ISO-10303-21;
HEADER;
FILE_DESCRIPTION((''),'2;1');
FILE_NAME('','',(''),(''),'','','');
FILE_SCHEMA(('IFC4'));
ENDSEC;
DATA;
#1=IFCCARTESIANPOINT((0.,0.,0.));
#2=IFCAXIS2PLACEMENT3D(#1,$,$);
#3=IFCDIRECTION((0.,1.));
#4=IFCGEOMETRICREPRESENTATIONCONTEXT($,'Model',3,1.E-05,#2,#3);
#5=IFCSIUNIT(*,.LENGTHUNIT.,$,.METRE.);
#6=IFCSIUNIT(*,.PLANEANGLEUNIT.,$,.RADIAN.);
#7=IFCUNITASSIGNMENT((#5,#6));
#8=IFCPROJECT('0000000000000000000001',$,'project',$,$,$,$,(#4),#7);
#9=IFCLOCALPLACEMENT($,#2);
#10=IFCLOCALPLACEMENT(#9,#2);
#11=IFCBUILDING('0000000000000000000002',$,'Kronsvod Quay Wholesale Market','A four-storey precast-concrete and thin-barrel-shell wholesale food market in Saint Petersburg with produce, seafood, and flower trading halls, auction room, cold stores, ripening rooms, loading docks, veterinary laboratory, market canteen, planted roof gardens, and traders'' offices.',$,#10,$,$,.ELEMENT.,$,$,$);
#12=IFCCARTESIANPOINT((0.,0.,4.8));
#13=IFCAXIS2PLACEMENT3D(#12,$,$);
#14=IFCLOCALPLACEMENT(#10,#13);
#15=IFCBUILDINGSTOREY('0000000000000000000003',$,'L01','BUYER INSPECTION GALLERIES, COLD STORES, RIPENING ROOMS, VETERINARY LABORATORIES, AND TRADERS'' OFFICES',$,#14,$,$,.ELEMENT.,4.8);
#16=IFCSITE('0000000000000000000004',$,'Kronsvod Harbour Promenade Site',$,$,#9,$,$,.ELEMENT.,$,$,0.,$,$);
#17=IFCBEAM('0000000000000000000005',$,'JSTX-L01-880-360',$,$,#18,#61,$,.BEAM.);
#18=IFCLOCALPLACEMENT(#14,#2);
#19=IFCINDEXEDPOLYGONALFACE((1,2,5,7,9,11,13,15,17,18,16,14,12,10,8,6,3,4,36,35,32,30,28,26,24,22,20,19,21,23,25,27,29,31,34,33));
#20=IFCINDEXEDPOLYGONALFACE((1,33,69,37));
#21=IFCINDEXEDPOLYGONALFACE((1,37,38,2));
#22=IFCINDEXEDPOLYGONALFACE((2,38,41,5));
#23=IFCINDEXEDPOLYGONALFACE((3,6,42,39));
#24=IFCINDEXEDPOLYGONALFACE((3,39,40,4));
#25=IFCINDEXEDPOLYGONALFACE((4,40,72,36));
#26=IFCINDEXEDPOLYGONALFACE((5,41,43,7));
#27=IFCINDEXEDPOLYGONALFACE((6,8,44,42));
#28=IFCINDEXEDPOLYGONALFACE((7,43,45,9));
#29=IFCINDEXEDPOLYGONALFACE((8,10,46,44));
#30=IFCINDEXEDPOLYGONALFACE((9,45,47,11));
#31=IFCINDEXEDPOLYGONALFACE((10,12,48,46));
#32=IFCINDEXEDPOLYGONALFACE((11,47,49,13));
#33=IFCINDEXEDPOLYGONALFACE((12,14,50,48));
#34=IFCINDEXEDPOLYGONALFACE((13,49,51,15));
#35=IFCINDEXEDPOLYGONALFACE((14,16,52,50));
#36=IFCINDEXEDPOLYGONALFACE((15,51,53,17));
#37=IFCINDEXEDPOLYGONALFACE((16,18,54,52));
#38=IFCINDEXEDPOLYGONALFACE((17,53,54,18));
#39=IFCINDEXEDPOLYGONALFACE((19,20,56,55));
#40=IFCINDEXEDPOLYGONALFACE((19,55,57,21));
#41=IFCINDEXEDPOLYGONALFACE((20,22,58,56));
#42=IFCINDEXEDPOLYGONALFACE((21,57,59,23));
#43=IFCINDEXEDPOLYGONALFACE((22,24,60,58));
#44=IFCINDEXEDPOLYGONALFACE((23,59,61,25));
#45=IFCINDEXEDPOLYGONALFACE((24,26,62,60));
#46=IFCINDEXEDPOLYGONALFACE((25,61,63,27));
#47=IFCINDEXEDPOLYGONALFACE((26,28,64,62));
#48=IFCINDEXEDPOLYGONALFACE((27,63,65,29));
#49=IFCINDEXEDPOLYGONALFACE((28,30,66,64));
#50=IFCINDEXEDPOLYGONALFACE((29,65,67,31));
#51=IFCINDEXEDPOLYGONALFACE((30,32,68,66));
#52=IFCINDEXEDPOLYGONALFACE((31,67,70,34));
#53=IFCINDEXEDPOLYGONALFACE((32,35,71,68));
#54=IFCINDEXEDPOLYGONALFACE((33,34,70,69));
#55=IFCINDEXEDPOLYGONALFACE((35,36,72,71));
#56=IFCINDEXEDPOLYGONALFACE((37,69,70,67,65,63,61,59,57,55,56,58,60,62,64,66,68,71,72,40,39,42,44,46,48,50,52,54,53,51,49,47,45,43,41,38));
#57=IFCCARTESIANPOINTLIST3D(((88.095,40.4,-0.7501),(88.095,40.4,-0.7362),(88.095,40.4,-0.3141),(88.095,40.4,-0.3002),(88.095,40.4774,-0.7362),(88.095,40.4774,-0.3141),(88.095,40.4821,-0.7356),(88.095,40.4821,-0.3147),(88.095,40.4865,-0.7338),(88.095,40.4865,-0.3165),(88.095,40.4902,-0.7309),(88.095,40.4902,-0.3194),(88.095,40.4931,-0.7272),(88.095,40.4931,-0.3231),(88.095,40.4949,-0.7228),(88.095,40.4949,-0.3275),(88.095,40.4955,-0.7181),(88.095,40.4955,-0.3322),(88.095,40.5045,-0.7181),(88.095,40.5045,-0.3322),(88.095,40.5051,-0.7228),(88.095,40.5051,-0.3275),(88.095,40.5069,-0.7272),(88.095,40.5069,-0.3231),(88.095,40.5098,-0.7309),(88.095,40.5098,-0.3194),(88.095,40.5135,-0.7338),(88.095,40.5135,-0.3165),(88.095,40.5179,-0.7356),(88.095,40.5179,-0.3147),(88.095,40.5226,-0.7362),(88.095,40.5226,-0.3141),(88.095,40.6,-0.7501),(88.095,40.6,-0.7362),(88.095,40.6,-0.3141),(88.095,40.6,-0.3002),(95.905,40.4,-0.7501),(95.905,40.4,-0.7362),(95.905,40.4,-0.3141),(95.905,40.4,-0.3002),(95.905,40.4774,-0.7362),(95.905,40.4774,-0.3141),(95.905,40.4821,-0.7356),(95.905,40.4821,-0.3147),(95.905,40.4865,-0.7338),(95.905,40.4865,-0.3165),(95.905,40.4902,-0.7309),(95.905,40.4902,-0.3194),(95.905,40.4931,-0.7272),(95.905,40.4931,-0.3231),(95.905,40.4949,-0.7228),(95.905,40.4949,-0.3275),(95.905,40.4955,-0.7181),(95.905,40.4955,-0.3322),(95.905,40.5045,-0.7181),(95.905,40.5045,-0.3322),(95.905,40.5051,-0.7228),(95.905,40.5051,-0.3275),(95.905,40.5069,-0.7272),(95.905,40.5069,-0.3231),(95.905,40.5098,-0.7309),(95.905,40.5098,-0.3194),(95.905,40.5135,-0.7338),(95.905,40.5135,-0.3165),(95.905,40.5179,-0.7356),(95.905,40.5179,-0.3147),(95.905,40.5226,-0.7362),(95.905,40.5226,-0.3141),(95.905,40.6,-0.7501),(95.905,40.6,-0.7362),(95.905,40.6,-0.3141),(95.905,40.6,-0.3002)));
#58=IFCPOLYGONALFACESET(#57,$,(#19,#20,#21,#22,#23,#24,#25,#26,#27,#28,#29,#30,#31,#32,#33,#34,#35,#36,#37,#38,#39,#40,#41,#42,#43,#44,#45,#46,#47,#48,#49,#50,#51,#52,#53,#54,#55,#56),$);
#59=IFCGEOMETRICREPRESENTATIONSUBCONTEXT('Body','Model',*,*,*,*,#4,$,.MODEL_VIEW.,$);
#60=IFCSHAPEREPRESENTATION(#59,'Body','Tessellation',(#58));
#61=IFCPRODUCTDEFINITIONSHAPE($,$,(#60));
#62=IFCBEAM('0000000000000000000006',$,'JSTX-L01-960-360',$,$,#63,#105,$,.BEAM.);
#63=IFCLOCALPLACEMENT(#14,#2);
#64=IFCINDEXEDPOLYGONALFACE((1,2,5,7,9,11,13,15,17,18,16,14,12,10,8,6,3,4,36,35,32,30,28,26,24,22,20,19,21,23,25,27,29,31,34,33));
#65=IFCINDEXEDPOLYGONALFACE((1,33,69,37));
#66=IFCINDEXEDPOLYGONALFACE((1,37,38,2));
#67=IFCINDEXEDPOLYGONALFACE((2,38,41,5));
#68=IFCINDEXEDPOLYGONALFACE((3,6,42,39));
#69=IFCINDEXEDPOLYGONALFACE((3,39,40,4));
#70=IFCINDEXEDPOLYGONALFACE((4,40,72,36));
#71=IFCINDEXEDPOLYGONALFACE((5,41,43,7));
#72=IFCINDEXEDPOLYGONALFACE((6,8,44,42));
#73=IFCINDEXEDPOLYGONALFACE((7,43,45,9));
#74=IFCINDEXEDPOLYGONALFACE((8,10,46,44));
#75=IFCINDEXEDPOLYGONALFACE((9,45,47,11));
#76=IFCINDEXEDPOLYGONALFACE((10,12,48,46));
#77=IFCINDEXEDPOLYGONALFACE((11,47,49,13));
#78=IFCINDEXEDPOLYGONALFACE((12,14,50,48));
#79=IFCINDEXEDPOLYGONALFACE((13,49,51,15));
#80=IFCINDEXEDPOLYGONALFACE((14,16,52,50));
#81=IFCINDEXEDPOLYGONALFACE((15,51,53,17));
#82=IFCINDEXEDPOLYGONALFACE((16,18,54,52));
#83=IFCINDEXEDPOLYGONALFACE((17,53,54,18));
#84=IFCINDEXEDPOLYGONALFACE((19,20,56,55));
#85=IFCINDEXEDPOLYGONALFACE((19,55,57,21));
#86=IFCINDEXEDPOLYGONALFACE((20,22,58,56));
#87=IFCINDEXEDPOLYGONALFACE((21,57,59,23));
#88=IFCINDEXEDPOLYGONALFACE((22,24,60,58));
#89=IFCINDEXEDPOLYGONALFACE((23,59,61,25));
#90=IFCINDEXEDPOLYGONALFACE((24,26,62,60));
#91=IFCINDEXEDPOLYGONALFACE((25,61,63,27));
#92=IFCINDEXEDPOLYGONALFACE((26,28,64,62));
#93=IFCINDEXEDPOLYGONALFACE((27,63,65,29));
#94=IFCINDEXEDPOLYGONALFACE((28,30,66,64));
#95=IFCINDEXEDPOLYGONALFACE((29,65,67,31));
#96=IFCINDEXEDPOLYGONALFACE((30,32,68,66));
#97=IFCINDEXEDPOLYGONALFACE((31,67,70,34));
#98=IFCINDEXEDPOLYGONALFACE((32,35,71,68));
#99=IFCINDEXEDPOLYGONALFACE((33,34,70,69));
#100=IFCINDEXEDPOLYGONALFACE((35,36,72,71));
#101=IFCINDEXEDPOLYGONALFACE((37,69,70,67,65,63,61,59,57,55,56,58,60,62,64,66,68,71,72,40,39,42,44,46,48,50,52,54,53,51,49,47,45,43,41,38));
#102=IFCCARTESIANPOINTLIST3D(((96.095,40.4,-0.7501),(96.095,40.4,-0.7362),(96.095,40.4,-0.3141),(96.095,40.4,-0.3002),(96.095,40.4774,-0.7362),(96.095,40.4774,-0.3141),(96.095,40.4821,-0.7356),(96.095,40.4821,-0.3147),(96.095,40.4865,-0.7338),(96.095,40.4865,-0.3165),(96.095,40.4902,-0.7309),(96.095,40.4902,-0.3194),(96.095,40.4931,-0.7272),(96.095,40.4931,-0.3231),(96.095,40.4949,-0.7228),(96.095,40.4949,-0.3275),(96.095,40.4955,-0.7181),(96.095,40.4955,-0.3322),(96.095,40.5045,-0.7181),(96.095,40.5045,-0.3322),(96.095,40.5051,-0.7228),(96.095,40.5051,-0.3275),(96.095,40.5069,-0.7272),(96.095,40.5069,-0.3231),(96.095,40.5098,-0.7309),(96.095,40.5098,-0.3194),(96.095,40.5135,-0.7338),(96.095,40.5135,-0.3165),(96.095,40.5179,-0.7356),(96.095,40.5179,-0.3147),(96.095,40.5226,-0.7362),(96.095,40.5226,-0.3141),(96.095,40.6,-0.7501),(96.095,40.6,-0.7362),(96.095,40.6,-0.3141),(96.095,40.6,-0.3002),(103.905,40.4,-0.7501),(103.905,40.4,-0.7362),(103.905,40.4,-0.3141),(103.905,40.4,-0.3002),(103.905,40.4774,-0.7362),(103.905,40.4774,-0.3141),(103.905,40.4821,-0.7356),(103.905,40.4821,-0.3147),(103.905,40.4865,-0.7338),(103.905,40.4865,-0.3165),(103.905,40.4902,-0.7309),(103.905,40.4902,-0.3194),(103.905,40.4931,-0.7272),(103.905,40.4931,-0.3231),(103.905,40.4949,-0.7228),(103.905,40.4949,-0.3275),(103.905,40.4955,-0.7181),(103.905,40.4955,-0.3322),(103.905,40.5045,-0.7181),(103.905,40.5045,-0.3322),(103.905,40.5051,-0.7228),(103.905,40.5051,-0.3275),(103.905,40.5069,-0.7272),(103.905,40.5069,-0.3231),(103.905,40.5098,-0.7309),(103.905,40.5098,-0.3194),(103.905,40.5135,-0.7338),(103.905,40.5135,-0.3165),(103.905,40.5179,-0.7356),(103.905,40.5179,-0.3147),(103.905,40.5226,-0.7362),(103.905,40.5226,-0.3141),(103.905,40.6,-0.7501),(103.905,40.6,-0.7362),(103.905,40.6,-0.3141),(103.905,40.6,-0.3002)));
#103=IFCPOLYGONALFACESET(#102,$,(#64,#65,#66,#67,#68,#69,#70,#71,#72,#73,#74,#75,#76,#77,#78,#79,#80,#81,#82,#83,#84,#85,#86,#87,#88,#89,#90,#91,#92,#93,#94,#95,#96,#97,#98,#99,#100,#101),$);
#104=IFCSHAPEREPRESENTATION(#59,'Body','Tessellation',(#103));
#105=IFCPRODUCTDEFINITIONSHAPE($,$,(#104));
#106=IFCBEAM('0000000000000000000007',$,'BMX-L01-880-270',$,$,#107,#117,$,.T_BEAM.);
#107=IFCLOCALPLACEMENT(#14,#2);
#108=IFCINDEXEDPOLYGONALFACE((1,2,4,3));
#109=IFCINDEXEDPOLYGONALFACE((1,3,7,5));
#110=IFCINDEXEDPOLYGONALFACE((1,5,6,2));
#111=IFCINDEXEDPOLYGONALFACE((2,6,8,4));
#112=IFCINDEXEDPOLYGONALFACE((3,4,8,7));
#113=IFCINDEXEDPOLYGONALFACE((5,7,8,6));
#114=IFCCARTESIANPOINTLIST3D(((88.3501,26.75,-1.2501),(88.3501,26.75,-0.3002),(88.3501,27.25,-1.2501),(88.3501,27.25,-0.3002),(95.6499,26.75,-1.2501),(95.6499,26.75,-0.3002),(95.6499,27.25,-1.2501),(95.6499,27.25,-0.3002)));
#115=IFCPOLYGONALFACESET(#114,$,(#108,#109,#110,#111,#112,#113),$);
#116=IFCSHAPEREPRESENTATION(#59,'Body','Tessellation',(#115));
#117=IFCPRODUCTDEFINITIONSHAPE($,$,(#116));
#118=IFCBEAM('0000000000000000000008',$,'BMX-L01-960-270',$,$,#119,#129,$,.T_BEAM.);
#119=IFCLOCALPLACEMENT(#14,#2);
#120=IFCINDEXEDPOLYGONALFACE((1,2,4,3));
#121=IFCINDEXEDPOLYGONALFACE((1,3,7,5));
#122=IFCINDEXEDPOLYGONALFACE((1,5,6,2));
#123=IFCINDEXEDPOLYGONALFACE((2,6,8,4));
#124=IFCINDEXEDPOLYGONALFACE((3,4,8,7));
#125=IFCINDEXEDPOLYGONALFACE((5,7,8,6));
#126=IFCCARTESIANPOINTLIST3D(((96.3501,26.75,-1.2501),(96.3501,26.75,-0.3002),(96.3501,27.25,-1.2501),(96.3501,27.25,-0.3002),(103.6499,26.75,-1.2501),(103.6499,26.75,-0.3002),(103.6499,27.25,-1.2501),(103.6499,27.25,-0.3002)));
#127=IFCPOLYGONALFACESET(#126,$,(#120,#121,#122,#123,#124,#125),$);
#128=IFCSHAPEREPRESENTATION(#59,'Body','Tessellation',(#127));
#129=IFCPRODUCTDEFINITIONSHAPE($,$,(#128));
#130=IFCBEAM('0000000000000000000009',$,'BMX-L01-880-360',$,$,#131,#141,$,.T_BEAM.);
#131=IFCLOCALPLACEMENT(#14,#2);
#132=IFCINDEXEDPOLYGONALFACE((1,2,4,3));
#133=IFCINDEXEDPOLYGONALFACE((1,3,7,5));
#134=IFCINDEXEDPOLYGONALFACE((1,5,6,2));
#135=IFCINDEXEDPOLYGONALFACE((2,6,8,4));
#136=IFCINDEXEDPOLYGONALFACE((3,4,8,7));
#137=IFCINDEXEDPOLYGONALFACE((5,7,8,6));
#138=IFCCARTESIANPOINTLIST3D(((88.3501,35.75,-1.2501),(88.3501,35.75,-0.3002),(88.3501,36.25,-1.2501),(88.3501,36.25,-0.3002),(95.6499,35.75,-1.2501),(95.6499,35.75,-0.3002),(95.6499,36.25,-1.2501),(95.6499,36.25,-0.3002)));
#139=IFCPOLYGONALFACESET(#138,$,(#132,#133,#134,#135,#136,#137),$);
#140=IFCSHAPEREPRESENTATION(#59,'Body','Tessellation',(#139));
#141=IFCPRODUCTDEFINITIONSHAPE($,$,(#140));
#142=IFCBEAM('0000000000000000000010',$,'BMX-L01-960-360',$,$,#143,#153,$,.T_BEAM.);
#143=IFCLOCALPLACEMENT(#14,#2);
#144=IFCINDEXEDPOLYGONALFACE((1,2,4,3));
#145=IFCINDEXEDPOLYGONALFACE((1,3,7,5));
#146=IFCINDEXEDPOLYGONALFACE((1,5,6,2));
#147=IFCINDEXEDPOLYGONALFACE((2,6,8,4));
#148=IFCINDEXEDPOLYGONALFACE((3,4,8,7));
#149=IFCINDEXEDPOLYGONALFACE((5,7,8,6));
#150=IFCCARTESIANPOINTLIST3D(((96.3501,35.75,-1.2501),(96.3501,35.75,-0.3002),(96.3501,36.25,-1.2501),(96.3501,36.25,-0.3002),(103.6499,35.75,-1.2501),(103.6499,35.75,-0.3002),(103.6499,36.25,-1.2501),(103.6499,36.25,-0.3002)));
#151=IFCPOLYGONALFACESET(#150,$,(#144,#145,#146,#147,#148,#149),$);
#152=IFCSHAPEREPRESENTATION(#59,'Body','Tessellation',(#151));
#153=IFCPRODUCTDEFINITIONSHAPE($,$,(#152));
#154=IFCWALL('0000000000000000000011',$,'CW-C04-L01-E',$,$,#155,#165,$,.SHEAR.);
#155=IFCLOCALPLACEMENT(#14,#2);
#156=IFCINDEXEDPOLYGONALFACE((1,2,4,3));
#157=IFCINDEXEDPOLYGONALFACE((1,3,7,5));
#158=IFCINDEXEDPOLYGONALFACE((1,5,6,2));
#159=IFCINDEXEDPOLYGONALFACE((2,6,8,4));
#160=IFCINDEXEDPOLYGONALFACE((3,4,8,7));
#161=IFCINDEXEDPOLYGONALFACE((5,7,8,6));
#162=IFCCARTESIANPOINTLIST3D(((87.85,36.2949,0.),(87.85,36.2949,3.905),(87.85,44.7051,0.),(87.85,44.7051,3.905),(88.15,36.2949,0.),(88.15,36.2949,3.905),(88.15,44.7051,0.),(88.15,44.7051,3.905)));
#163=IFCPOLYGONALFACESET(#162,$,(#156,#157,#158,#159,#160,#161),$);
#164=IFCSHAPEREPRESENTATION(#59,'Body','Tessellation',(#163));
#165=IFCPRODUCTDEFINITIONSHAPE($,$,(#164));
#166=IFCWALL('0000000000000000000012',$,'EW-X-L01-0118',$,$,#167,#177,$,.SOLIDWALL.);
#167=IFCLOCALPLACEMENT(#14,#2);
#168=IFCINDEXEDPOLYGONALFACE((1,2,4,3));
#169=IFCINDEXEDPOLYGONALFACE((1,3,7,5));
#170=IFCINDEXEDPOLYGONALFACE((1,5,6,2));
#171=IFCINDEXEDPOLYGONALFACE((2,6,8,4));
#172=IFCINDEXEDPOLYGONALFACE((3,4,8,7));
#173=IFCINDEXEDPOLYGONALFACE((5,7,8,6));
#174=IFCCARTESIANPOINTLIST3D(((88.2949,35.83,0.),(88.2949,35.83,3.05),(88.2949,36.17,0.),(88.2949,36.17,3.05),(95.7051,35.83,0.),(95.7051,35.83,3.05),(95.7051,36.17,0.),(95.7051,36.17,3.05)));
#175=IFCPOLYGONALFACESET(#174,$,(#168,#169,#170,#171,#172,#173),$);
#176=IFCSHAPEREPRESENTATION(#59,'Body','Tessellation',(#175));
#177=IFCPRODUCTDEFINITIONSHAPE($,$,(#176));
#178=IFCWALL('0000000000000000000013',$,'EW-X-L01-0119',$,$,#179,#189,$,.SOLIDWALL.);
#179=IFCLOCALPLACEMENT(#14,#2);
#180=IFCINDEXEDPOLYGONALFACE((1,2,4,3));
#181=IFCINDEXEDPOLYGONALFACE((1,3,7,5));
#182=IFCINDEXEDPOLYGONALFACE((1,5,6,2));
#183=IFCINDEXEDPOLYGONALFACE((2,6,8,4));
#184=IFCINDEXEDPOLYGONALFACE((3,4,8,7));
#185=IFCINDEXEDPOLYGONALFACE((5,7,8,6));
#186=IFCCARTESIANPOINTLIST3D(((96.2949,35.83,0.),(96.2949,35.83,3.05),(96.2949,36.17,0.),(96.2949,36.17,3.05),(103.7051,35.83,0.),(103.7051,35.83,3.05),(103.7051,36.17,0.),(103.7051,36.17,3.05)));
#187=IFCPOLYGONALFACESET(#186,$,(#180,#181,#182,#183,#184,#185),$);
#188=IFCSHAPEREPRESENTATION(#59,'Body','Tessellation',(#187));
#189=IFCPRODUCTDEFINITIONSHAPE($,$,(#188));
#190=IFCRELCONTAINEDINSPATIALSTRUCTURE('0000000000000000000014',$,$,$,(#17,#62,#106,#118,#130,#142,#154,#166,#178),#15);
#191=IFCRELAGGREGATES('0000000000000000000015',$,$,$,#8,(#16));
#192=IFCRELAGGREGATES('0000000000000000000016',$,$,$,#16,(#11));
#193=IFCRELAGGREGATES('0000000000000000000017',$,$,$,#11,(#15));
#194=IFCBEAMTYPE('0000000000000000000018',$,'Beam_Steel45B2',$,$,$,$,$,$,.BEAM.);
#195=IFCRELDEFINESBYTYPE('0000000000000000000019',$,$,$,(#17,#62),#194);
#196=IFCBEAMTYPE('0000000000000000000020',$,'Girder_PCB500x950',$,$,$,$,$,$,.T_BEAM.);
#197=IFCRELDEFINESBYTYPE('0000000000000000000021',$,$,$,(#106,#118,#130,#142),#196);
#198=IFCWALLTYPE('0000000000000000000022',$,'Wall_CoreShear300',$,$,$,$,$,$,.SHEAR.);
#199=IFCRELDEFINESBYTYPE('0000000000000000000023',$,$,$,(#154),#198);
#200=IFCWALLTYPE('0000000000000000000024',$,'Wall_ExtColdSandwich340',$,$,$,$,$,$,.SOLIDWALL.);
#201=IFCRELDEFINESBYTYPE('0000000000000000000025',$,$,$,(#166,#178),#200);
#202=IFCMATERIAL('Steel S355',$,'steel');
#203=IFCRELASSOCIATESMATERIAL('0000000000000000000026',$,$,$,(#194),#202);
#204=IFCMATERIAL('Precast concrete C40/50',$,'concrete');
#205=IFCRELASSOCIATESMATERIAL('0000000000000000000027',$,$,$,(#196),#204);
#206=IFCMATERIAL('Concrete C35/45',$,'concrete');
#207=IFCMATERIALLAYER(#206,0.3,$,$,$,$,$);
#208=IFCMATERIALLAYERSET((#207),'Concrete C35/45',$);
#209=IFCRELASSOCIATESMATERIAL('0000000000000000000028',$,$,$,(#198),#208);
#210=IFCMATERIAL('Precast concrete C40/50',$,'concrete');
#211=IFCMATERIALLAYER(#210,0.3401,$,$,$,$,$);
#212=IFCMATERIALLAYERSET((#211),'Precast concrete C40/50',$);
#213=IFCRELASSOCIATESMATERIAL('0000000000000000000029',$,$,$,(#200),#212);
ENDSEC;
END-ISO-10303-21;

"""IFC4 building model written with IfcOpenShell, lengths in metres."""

from ifc_helpers import new_model, si_unit, direction, frame, frame_2d, origin, origin_2d, place, context, subcontext, project, spatial, rectangle, i_section, extrude, material, layer, layer_set, material_profile, profile_set, type_object, element, save


model = new_model("IFC4")

# Units and contexts
model_context = context("Model", 3, precision=1e-05, world=origin(), true_north=direction((0.0, 1.0)))
body_context = subcontext(model_context, "Body", "Model", "MODEL_VIEW")
ifc_project = project(units=[si_unit("LENGTHUNIT", "METRE"), si_unit("PLANEANGLEUNIT", "RADIAN")], contexts=[model_context])

# Site, building, storey
site_placement = place(None, origin())
site = spatial("IfcSite", under=ifc_project, at=site_placement, Name="Kronsvod Harbour Promenade Site", CompositionType="ELEMENT", RefElevation=0.0)
building_placement = place(site_placement, origin())
building = spatial("IfcBuilding", under=site, at=building_placement, Name="Kronsvod Quay Wholesale Market", Description="A four-storey precast-concrete and thin-barrel-shell wholesale food market in Saint Petersburg with produce, seafood, and flower trading halls, auction room, cold stores, ripening rooms, loading docks, veterinary laboratory, market canteen, planted roof gardens, and traders' offices.", CompositionType="ELEMENT")
storey_placement = place(building_placement, frame((0.0, 0.0, 4.8)))
storey = spatial("IfcBuildingStorey", under=building, at=storey_placement, Name="L01", Description="BUYER INSPECTION GALLERIES, COLD STORES, RIPENING ROOMS, VETERINARY LABORATORIES, AND TRADERS' OFFICES", CompositionType="ELEMENT", Elevation=4.8)

# Beams
ifc_material_1 = material(Name="Steel S355", Category="steel")
ifc_material_profile_1 = material_profile(ifc_material_1, i_section(OverallWidth=0.2, OverallDepth=0.45, WebThickness=0.009, FlangeThickness=0.0139, FilletRadius=0.0181, at=origin_2d()), Name="45B2")
ifc_profile_set_1 = profile_set([ifc_material_profile_1], Name="Steel S355")
beam_type_1 = type_object("IfcBeamType", Name="Beam_Steel45B2", PredefinedType="BEAM", material=ifc_profile_set_1)
for number, where, z_axis, x_axis, name in (
    (1, (88.095, 40.5, -0.5251), (1.0, 0.0, 0.0), (0.0, 1.0, 0.0), "JSTX-L01-880-360"),
    (2, (96.095, 40.5, -0.5251), (1.0, 0.0, 0.0), (0.0, 1.0, 0.0), "JSTX-L01-960-360"),
):
    element("IfcBeam", number, at=place(storey_placement, frame(where, z_axis=z_axis, x_axis=x_axis)), inside=storey, type_object=beam_type_1, Name=name, PredefinedType="BEAM", context=body_context, shape_type="SweptSolid", body=[
        extrude(i_section(OverallWidth=0.2, OverallDepth=0.45, WebThickness=0.009, FlangeThickness=0.0139, FilletRadius=0.0181, at=origin_2d()), origin(), (0.0, 0.0, 1.0), 7.8101),
    ])
ifc_material_2 = material(Name="Precast concrete C40/50", Category="concrete")
ifc_material_profile_2 = material_profile(ifc_material_2, rectangle(XDim=0.5, YDim=0.95, at=origin_2d()), Name="PCB500x950")
ifc_profile_set_2 = profile_set([ifc_material_profile_2], Name="Precast concrete C40/50")
beam_type_2 = type_object("IfcBeamType", Name="Girder_PCB500x950", PredefinedType="T_BEAM", material=ifc_profile_set_2)
for number, where, z_axis, x_axis, name in (
    (3, (88.3501, 27.0, -0.7751), (1.0, 0.0, 0.0), (0.0, 1.0, 0.0), "BMX-L01-880-270"),
    (4, (96.3501, 27.0, -0.7751), (1.0, 0.0, 0.0), (0.0, 1.0, 0.0), "BMX-L01-960-270"),
    (5, (88.3501, 36.0, -0.7751), (1.0, 0.0, 0.0), (0.0, 1.0, 0.0), "BMX-L01-880-360"),
    (6, (96.3501, 36.0, -0.7751), (1.0, 0.0, 0.0), (0.0, 1.0, 0.0), "BMX-L01-960-360"),
):
    element("IfcBeam", number, at=place(storey_placement, frame(where, z_axis=z_axis, x_axis=x_axis)), inside=storey, type_object=beam_type_2, Name=name, PredefinedType="T_BEAM", context=body_context, shape_type="SweptSolid", body=[
        extrude(rectangle(XDim=0.5, YDim=0.95, at=origin_2d()), origin(), (0.0, 0.0, 1.0), 7.2998),
    ])

# Walls
ifc_material_3 = material(Name="Concrete C35/45", Category="concrete")
ifc_layer_1 = layer(ifc_material_3, 0.3)
ifc_layer_set_1 = layer_set([ifc_layer_1], Name="Concrete C35/45")
wall_type_1 = type_object("IfcWallType", Name="Wall_CoreShear300", PredefinedType="SHEAR", material=ifc_layer_set_1)
wall_placement = place(storey_placement, frame((88.0, 36.2949, 0.0), z_axis=(0.0, 0.0, 1.0), x_axis=(0.0, 1.0, 0.0)))
element("IfcWall", 7, at=wall_placement, inside=storey, type_object=wall_type_1, Name="CW-C04-L01-E", PredefinedType="SHEAR", context=body_context, shape_type="SweptSolid", body=[
    extrude(rectangle(XDim=8.4102, YDim=0.3, at=frame_2d((4.2051, 0.0))), origin(), (0.0, 0.0, 1.0), 3.905),
])
ifc_material_4 = material(Name="Precast concrete C40/50", Category="concrete")
ifc_layer_2 = layer(ifc_material_4, 0.3401)
ifc_layer_set_2 = layer_set([ifc_layer_2], Name="Precast concrete C40/50")
wall_type_2 = type_object("IfcWallType", Name="Wall_ExtColdSandwich340", PredefinedType="SOLIDWALL", material=ifc_layer_set_2)
for number, where, z_axis, x_axis, name in (
    (8, (88.2949, 36.0, 0.0), (0.0, 0.0, 1.0), (1.0, 0.0, 0.0), "EW-X-L01-0118"),
    (9, (96.2949, 36.0, 0.0), (0.0, 0.0, 1.0), (1.0, 0.0, 0.0), "EW-X-L01-0119"),
):
    element("IfcWall", number, at=place(storey_placement, frame(where, z_axis=z_axis, x_axis=x_axis)), inside=storey, type_object=wall_type_2, Name=name, PredefinedType="SOLIDWALL", context=body_context, shape_type="SweptSolid", body=[
        extrude(rectangle(XDim=7.4102, YDim=0.3401, at=frame_2d((3.7051, 0.0))), origin(), (0.0, 0.0, 1.0), 3.05),
    ])

save(model, "model.ifc")
